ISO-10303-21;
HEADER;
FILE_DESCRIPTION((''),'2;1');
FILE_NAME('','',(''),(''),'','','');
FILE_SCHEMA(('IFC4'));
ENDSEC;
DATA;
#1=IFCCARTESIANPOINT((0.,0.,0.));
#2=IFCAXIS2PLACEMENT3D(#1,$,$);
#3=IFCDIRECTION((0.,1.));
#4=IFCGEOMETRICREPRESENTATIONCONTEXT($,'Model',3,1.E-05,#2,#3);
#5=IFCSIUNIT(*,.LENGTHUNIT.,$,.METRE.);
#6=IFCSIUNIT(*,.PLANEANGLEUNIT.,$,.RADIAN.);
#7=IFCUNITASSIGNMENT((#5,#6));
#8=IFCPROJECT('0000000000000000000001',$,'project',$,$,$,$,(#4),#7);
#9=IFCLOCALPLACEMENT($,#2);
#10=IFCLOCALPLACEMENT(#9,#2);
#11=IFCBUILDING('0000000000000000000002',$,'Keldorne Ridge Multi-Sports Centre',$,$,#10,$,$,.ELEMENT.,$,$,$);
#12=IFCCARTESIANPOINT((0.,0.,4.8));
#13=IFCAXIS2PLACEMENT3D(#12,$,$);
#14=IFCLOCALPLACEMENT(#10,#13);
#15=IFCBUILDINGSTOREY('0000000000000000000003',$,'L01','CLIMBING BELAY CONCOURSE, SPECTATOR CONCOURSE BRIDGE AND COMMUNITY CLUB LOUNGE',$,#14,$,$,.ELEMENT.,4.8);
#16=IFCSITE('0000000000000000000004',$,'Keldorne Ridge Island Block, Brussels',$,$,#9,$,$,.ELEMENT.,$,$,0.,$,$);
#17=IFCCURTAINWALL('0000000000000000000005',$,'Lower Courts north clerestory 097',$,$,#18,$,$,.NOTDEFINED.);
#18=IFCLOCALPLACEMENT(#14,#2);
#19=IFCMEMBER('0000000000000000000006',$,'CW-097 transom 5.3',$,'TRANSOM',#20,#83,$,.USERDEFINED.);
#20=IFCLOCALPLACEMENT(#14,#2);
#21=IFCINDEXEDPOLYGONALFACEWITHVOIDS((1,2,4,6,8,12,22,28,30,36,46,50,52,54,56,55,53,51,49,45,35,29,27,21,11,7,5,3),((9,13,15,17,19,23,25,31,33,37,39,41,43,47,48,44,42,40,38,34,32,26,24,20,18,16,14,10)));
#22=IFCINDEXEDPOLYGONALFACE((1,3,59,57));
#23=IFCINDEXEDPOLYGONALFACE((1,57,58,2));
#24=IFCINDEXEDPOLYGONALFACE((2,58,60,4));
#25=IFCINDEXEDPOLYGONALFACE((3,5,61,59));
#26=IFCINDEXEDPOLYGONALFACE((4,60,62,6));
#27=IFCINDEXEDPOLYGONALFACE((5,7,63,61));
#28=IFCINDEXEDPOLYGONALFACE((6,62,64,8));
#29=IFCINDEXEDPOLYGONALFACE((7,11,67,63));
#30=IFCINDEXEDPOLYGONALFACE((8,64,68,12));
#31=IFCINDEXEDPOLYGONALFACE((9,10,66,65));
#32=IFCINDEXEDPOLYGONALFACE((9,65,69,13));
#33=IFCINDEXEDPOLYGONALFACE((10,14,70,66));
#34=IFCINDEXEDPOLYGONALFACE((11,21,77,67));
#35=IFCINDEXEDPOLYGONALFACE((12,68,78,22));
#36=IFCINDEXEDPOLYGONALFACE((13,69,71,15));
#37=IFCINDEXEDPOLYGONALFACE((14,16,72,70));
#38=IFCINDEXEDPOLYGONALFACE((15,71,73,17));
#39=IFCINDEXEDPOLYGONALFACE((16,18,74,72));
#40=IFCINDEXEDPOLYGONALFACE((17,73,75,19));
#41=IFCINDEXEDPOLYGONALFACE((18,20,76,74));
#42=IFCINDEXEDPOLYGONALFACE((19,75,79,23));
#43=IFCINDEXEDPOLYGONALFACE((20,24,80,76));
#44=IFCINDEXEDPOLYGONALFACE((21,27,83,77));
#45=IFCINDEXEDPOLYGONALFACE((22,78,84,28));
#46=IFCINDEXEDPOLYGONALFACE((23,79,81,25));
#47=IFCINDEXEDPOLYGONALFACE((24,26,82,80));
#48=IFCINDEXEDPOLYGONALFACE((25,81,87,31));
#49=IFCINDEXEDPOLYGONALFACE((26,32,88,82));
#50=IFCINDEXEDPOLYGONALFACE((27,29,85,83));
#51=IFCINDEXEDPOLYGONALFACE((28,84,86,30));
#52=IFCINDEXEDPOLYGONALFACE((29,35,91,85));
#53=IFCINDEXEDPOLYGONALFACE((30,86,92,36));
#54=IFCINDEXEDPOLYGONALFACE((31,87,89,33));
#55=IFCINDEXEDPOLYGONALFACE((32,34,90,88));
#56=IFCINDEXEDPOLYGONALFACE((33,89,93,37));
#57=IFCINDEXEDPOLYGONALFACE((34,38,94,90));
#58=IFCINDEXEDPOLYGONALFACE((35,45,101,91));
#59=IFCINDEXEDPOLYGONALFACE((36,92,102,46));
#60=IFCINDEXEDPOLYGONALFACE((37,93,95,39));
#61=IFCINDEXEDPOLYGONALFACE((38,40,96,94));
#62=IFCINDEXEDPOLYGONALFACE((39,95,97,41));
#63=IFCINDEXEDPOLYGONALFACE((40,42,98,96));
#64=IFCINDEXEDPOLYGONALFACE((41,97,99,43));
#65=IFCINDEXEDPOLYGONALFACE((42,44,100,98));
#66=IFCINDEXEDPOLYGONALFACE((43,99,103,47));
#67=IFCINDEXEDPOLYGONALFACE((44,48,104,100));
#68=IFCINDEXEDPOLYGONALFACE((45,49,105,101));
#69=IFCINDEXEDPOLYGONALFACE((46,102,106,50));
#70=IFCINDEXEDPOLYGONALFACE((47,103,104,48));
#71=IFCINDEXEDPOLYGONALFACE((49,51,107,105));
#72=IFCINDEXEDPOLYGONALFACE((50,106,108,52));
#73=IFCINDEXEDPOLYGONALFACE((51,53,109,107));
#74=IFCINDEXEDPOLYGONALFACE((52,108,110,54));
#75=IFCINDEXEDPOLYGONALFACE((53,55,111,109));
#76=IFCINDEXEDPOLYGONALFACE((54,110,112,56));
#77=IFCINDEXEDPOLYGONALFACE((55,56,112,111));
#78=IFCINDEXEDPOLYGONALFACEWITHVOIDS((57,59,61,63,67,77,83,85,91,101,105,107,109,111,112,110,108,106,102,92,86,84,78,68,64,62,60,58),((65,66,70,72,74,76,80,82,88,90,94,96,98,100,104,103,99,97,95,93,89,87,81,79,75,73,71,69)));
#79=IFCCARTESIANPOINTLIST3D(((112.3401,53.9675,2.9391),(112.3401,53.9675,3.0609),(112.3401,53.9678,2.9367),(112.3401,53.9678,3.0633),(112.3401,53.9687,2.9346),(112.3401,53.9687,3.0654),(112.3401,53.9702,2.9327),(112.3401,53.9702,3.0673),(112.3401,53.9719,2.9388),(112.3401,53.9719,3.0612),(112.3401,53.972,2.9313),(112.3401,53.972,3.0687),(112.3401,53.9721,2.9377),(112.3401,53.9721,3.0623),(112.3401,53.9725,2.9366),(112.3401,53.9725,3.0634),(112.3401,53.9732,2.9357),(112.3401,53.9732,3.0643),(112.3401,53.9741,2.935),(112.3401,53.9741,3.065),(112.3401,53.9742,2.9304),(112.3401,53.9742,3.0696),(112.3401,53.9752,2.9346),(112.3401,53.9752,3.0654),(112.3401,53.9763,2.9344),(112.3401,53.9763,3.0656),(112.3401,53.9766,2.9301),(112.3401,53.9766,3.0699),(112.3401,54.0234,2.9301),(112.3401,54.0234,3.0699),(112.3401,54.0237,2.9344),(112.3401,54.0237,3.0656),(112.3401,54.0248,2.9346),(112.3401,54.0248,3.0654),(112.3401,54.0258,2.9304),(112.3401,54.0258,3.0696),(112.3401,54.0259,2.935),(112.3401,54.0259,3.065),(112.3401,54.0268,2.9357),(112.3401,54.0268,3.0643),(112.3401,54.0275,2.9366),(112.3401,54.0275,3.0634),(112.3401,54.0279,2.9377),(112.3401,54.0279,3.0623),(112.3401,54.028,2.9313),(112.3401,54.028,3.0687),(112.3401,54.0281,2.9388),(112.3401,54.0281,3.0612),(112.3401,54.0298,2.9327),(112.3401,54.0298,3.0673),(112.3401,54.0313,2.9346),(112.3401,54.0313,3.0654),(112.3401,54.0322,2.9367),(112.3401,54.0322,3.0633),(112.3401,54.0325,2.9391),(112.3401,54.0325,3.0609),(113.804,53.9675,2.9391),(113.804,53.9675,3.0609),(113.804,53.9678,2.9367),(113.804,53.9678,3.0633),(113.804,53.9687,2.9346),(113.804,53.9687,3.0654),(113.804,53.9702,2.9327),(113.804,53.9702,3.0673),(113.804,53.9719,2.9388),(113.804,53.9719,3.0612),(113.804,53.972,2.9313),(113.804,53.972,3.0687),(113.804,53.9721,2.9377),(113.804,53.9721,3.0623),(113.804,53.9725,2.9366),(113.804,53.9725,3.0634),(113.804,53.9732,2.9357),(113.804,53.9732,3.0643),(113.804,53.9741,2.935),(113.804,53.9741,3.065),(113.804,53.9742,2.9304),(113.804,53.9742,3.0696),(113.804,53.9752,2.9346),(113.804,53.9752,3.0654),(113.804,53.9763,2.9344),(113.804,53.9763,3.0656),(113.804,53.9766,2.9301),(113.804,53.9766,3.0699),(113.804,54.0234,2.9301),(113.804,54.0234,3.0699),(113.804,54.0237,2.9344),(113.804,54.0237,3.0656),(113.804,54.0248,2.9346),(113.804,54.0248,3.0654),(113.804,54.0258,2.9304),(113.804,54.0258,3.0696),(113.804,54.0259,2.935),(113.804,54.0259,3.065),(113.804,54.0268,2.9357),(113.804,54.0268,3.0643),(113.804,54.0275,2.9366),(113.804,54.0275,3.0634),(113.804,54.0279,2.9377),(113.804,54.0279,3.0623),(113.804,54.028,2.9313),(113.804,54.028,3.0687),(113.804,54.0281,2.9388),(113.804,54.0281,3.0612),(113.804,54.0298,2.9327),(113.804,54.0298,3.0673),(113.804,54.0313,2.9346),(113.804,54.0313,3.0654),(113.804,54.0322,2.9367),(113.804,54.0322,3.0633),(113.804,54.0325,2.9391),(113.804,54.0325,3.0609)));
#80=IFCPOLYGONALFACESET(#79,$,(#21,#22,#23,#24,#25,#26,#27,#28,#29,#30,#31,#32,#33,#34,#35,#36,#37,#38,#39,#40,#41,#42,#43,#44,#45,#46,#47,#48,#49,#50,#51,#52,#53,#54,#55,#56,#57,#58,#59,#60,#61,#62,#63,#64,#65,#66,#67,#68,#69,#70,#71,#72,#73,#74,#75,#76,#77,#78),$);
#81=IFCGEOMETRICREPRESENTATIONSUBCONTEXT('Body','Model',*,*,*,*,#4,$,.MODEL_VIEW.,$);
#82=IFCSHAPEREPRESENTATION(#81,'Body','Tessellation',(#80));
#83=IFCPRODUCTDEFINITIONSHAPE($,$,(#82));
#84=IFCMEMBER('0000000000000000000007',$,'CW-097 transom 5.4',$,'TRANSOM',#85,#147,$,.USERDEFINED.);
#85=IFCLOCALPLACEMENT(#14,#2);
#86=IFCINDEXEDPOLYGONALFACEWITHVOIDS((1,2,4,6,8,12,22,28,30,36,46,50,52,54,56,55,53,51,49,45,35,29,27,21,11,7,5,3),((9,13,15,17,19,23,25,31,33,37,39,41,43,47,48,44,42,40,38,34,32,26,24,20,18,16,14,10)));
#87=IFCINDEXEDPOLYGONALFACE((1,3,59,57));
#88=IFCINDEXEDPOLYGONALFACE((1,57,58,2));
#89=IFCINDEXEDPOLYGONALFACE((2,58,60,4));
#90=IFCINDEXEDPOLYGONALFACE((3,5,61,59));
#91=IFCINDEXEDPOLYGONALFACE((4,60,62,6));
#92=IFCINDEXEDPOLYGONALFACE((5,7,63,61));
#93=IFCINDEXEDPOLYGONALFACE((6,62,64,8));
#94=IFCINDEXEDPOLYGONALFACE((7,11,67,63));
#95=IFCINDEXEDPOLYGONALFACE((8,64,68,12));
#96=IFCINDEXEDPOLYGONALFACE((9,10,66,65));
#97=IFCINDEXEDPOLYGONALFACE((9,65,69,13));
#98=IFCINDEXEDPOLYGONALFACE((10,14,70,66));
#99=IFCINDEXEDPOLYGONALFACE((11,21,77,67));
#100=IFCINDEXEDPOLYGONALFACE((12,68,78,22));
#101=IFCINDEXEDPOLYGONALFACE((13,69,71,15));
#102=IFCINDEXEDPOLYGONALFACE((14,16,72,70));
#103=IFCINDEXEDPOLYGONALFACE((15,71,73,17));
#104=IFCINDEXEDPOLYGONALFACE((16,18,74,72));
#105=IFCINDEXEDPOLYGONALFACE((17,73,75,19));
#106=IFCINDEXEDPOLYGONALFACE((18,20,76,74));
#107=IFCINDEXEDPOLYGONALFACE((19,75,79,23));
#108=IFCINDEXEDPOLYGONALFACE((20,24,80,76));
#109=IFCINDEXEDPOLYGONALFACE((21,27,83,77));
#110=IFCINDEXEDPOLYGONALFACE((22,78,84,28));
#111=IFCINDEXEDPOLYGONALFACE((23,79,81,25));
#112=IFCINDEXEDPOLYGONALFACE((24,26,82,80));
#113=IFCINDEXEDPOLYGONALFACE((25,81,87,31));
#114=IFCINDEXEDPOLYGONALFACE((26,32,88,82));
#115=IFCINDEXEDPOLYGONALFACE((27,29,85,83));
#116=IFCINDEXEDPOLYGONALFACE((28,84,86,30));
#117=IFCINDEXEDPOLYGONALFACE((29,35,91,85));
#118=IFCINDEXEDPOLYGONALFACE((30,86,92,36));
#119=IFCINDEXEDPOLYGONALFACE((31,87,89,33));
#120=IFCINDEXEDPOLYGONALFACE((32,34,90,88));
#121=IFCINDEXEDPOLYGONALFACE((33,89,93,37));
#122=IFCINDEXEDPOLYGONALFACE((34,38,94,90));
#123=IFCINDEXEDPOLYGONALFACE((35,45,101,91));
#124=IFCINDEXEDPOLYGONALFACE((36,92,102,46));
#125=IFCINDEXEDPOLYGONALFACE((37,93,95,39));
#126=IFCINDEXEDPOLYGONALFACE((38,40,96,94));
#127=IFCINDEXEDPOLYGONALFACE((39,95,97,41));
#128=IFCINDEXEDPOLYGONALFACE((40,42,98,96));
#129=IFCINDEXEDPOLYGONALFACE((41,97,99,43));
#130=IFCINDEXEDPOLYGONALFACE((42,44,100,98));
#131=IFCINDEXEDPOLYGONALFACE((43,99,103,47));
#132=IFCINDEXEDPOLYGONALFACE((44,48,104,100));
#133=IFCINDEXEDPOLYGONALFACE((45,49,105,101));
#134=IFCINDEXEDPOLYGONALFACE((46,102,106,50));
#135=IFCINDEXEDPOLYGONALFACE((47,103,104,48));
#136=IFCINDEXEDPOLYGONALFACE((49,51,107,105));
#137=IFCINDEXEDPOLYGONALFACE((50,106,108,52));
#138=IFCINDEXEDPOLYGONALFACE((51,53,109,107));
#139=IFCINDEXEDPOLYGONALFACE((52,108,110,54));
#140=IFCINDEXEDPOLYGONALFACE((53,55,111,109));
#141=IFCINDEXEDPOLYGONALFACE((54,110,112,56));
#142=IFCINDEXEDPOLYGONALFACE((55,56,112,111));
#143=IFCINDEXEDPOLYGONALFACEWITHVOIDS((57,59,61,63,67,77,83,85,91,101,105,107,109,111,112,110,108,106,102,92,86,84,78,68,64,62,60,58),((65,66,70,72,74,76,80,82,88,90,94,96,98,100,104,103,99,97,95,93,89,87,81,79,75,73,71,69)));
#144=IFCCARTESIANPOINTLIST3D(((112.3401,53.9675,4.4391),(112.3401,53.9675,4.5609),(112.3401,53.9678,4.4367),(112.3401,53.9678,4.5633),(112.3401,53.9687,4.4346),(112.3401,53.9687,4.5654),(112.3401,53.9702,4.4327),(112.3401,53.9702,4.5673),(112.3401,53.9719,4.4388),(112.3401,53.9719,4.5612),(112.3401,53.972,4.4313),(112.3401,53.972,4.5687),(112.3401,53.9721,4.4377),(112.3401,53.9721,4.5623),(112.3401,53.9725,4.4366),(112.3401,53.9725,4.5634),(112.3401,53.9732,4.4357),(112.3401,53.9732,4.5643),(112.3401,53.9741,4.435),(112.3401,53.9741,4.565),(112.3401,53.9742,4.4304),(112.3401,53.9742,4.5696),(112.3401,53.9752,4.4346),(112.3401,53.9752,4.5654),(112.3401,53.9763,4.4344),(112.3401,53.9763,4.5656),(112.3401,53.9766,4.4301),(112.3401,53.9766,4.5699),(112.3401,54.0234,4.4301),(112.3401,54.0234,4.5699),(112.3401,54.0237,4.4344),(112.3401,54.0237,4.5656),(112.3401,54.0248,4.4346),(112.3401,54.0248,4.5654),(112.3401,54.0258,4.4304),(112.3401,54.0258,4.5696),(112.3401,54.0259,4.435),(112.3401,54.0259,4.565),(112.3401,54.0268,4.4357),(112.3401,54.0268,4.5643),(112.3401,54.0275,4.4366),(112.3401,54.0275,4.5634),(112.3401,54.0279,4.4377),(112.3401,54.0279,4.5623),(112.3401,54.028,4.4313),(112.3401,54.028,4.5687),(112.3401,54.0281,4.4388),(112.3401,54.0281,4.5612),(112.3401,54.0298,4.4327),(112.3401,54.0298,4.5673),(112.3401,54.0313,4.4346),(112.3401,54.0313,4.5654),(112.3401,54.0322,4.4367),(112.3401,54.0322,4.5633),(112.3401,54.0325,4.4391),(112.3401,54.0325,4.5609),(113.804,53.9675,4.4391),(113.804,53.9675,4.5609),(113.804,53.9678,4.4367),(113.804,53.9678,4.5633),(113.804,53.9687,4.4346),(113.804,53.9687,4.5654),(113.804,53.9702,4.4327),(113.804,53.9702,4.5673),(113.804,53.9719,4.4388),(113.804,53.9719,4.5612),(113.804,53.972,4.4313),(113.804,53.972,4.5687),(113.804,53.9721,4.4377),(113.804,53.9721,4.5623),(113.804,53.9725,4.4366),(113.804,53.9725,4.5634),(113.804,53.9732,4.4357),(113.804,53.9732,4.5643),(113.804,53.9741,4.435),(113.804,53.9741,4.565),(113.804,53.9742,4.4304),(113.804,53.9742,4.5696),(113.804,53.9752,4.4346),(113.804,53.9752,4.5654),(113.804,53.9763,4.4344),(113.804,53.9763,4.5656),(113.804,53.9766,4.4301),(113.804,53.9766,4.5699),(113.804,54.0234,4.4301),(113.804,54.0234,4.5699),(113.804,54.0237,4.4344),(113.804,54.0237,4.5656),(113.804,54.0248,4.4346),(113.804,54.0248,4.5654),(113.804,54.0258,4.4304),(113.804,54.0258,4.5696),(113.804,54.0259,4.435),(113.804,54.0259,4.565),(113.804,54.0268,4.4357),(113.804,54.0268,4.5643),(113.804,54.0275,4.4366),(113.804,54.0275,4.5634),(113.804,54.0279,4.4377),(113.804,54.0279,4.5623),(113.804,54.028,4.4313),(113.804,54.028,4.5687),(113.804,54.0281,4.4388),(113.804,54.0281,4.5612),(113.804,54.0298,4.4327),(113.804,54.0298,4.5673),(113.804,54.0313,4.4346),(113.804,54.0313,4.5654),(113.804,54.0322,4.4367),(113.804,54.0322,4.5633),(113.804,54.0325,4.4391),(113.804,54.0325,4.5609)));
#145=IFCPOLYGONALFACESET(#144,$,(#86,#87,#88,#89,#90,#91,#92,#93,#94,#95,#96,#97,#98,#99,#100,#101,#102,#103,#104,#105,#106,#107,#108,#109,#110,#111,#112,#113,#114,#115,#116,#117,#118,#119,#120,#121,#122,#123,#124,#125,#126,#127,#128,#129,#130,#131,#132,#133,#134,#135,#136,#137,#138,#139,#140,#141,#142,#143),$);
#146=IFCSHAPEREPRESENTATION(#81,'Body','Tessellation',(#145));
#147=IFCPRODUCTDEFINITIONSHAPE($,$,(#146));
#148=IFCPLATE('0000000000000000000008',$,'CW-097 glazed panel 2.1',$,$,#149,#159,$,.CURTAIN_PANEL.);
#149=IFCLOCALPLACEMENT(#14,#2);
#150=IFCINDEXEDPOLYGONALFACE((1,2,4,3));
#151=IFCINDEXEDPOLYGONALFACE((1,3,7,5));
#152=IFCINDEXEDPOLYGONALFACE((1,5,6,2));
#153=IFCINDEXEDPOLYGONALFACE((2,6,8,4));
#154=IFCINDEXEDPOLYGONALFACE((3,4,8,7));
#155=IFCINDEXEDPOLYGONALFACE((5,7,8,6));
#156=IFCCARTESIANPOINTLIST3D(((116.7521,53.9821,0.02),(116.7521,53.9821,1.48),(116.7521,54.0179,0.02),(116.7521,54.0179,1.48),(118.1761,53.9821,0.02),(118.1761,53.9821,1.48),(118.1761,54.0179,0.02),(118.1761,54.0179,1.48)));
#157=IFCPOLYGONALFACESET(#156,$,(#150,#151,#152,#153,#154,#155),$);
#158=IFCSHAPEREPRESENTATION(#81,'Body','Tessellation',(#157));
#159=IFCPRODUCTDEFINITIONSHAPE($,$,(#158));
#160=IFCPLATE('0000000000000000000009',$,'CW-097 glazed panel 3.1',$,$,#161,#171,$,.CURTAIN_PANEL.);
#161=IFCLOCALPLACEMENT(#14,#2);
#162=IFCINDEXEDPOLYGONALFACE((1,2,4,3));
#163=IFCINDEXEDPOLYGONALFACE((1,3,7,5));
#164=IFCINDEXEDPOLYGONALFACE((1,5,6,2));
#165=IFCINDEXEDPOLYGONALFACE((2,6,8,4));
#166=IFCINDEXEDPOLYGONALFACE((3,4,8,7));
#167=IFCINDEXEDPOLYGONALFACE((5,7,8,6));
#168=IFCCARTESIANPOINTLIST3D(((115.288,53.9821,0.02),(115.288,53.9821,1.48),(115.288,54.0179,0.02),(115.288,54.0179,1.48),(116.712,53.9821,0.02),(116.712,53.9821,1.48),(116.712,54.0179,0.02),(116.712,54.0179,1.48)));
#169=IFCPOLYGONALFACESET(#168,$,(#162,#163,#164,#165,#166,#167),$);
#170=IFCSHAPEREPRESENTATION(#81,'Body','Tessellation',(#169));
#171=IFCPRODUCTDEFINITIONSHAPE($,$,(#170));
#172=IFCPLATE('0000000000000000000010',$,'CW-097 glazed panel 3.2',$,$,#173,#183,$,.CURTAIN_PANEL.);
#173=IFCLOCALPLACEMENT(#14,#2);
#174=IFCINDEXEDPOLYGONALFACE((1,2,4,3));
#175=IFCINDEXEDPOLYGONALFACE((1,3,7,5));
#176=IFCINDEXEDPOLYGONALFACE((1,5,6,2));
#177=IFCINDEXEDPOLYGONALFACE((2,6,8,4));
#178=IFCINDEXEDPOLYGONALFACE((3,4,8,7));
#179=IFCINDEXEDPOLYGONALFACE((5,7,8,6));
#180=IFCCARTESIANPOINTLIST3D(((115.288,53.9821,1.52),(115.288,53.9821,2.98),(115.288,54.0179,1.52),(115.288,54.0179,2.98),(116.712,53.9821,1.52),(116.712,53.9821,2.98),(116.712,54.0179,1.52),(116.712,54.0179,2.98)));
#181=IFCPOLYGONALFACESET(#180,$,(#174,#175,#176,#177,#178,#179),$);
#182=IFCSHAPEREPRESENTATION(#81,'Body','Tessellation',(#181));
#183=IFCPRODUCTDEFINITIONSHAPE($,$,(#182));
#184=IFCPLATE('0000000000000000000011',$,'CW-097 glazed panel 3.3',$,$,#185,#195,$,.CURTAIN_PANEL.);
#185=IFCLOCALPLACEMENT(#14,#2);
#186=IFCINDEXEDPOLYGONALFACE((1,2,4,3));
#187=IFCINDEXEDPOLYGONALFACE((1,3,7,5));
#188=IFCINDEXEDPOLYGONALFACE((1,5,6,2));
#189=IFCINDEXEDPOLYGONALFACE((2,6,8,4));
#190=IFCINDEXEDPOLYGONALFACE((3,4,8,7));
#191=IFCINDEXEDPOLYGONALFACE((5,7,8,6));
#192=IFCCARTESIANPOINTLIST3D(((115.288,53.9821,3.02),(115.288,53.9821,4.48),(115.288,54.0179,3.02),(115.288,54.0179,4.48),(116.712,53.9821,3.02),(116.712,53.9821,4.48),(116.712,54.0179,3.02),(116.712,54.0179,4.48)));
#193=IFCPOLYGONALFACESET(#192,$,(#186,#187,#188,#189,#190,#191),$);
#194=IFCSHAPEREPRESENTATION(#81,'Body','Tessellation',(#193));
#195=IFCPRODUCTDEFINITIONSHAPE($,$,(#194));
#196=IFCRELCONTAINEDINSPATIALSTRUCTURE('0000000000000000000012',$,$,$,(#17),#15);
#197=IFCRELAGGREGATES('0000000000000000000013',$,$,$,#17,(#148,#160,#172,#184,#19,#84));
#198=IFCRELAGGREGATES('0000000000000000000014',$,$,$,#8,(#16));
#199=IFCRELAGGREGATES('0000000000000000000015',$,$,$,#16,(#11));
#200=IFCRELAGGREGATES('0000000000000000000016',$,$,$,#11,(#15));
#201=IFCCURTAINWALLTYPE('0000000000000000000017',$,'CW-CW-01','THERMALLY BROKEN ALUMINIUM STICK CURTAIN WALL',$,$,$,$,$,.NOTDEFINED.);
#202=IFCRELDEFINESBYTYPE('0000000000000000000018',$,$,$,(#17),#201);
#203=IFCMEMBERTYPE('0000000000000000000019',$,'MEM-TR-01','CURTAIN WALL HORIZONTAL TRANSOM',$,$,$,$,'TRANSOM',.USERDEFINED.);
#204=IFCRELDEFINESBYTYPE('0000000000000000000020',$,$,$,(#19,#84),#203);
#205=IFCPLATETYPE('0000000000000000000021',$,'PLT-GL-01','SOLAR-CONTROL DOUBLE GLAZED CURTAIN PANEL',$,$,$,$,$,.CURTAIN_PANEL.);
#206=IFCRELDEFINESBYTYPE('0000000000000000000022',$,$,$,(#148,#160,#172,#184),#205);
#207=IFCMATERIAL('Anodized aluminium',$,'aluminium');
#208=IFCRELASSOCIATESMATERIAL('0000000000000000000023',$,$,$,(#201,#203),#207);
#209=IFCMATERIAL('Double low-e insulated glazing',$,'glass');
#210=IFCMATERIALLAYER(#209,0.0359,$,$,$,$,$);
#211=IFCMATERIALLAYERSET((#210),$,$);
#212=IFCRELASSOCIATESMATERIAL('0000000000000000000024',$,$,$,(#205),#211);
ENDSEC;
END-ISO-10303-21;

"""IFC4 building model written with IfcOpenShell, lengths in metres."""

from ifc_helpers import new_model, si_unit, direction, frame, origin, origin_2d, place, context, subcontext, project, spatial, rectangle, hollow_rectangle, extrude, material, layer, layer_set, material_profile, profile_set, type_object, element, aggregate, save


model = new_model("IFC4")

# Units and contexts
model_context = context("Model", 3, precision=1e-05, world=origin(), true_north=direction((0.0, 1.0)))
body_context = subcontext(model_context, "Body", "Model", "MODEL_VIEW")
ifc_project = project(units=[si_unit("LENGTHUNIT", "METRE"), si_unit("PLANEANGLEUNIT", "RADIAN")], contexts=[model_context])

# Site, building, storey
site_placement = place(None, origin())
site = spatial("IfcSite", under=ifc_project, at=site_placement, Name="Keldorne Ridge Island Block, Brussels", CompositionType="ELEMENT", RefElevation=0.0)
building_placement = place(site_placement, origin())
building = spatial("IfcBuilding", under=site, at=building_placement, Name="Keldorne Ridge Multi-Sports Centre", CompositionType="ELEMENT")
storey_placement = place(building_placement, frame((0.0, 0.0, 4.8)))
storey = spatial("IfcBuildingStorey", under=building, at=storey_placement, Name="L01", Description="CLIMBING BELAY CONCOURSE, SPECTATOR CONCOURSE BRIDGE AND COMMUNITY CLUB LOUNGE", CompositionType="ELEMENT", Elevation=4.8)

# Curtain wall, members, plates
ifc_material_1 = material(Name="Anodized aluminium", Category="aluminium")
curtain_wall_type = type_object("IfcCurtainWallType", Name="CW-CW-01", Description="THERMALLY BROKEN ALUMINIUM STICK CURTAIN WALL", PredefinedType="NOTDEFINED", material=ifc_material_1)
curtain_wall_placement = place(storey_placement, origin())
curtain_wall = element("IfcCurtainWall", 1, at=curtain_wall_placement, inside=storey, type_object=curtain_wall_type, Name="Lower Courts north clerestory 097", PredefinedType="NOTDEFINED")
ifc_material_profile_1 = material_profile(ifc_material_1, hollow_rectangle(XDim=0.0649, YDim=0.1399, WallThickness=0.0044, InnerFilletRadius=0.0044, OuterFilletRadius=0.009, at=origin_2d()), Name="ALU TRANSOM 140x65x4.5")
ifc_profile_set_1 = profile_set([ifc_material_profile_1], Name="Anodized aluminium")
member_type_1 = type_object("IfcMemberType", Name="MEM-TR-01", Description="CURTAIN WALL HORIZONTAL TRANSOM", ElementType="TRANSOM", PredefinedType="USERDEFINED", material=ifc_profile_set_1)
member_1_placement = place(storey_placement, frame((113.804, 54.0, 3.0), z_axis=(-1.0, 0.0, 0.0), x_axis=(0.0, -1.0, 0.0)))
member_1 = element("IfcMember", 2, at=member_1_placement, type_object=member_type_1, Name="CW-097 transom 5.3", ObjectType="TRANSOM", PredefinedType="USERDEFINED", context=body_context, shape_type="SweptSolid", body=[
    extrude(hollow_rectangle(XDim=0.0649, YDim=0.1399, WallThickness=0.0044, InnerFilletRadius=0.0044, OuterFilletRadius=0.009, at=origin_2d()), origin(), (0.0, 0.0, 1.0), 1.4639),
])
member_2_placement = place(storey_placement, frame((113.804, 54.0, 4.5), z_axis=(-1.0, 0.0, 0.0), x_axis=(0.0, -1.0, 0.0)))
member_2 = element("IfcMember", 3, at=member_2_placement, type_object=member_type_1, Name="CW-097 transom 5.4", ObjectType="TRANSOM", PredefinedType="USERDEFINED", context=body_context, shape_type="SweptSolid", body=[
    extrude(hollow_rectangle(XDim=0.0649, YDim=0.1399, WallThickness=0.0044, InnerFilletRadius=0.0044, OuterFilletRadius=0.009, at=origin_2d()), origin(), (0.0, 0.0, 1.0), 1.4639),
])
ifc_material_2 = material(Name="Double low-e insulated glazing", Category="glass")
ifc_layer_1 = layer(ifc_material_2, 0.0359)
ifc_layer_set_1 = layer_set([ifc_layer_1])
plate_type = type_object("IfcPlateType", Name="PLT-GL-01", Description="SOLAR-CONTROL DOUBLE GLAZED CURTAIN PANEL", PredefinedType="CURTAIN_PANEL", material=ifc_layer_set_1)
plate_1_placement = place(storey_placement, frame((117.4641, 54.0, 0.02), z_axis=(0.0, 0.0, 1.0), x_axis=(-1.0, 0.0, 0.0)))
plate_1 = element("IfcPlate", 4, at=plate_1_placement, type_object=plate_type, Name="CW-097 glazed panel 2.1", PredefinedType="CURTAIN_PANEL", context=body_context, shape_type="SweptSolid", body=[
    extrude(rectangle(XDim=1.4241, YDim=0.0359, at=origin_2d()), origin(), (0.0, 0.0, 1.0), 1.46),
])
plate_2_placement = place(storey_placement, frame((116.0, 54.0, 0.02), z_axis=(0.0, 0.0, 1.0), x_axis=(-1.0, 0.0, 0.0)))
plate_2 = element("IfcPlate", 5, at=plate_2_placement, type_object=plate_type, Name="CW-097 glazed panel 3.1", PredefinedType="CURTAIN_PANEL", context=body_context, shape_type="SweptSolid", body=[
    extrude(rectangle(XDim=1.4241, YDim=0.0359, at=origin_2d()), origin(), (0.0, 0.0, 1.0), 1.46),
])
plate_3_placement = place(storey_placement, frame((116.0, 54.0, 1.52), z_axis=(0.0, 0.0, 1.0), x_axis=(-1.0, 0.0, 0.0)))
plate_3 = element("IfcPlate", 6, at=plate_3_placement, type_object=plate_type, Name="CW-097 glazed panel 3.2", PredefinedType="CURTAIN_PANEL", context=body_context, shape_type="SweptSolid", body=[
    extrude(rectangle(XDim=1.4241, YDim=0.0359, at=origin_2d()), origin(), (0.0, 0.0, 1.0), 1.46),
])
plate_4_placement = place(storey_placement, frame((116.0, 54.0, 3.02), z_axis=(0.0, 0.0, 1.0), x_axis=(-1.0, 0.0, 0.0)))
plate_4 = element("IfcPlate", 7, at=plate_4_placement, type_object=plate_type, Name="CW-097 glazed panel 3.3", PredefinedType="CURTAIN_PANEL", context=body_context, shape_type="SweptSolid", body=[
    extrude(rectangle(XDim=1.4241, YDim=0.0359, at=origin_2d()), origin(), (0.0, 0.0, 1.0), 1.46),
])
aggregate(curtain_wall, [plate_1, plate_2, plate_3, plate_4, member_1, member_2])

save(model, "model.ifc")
